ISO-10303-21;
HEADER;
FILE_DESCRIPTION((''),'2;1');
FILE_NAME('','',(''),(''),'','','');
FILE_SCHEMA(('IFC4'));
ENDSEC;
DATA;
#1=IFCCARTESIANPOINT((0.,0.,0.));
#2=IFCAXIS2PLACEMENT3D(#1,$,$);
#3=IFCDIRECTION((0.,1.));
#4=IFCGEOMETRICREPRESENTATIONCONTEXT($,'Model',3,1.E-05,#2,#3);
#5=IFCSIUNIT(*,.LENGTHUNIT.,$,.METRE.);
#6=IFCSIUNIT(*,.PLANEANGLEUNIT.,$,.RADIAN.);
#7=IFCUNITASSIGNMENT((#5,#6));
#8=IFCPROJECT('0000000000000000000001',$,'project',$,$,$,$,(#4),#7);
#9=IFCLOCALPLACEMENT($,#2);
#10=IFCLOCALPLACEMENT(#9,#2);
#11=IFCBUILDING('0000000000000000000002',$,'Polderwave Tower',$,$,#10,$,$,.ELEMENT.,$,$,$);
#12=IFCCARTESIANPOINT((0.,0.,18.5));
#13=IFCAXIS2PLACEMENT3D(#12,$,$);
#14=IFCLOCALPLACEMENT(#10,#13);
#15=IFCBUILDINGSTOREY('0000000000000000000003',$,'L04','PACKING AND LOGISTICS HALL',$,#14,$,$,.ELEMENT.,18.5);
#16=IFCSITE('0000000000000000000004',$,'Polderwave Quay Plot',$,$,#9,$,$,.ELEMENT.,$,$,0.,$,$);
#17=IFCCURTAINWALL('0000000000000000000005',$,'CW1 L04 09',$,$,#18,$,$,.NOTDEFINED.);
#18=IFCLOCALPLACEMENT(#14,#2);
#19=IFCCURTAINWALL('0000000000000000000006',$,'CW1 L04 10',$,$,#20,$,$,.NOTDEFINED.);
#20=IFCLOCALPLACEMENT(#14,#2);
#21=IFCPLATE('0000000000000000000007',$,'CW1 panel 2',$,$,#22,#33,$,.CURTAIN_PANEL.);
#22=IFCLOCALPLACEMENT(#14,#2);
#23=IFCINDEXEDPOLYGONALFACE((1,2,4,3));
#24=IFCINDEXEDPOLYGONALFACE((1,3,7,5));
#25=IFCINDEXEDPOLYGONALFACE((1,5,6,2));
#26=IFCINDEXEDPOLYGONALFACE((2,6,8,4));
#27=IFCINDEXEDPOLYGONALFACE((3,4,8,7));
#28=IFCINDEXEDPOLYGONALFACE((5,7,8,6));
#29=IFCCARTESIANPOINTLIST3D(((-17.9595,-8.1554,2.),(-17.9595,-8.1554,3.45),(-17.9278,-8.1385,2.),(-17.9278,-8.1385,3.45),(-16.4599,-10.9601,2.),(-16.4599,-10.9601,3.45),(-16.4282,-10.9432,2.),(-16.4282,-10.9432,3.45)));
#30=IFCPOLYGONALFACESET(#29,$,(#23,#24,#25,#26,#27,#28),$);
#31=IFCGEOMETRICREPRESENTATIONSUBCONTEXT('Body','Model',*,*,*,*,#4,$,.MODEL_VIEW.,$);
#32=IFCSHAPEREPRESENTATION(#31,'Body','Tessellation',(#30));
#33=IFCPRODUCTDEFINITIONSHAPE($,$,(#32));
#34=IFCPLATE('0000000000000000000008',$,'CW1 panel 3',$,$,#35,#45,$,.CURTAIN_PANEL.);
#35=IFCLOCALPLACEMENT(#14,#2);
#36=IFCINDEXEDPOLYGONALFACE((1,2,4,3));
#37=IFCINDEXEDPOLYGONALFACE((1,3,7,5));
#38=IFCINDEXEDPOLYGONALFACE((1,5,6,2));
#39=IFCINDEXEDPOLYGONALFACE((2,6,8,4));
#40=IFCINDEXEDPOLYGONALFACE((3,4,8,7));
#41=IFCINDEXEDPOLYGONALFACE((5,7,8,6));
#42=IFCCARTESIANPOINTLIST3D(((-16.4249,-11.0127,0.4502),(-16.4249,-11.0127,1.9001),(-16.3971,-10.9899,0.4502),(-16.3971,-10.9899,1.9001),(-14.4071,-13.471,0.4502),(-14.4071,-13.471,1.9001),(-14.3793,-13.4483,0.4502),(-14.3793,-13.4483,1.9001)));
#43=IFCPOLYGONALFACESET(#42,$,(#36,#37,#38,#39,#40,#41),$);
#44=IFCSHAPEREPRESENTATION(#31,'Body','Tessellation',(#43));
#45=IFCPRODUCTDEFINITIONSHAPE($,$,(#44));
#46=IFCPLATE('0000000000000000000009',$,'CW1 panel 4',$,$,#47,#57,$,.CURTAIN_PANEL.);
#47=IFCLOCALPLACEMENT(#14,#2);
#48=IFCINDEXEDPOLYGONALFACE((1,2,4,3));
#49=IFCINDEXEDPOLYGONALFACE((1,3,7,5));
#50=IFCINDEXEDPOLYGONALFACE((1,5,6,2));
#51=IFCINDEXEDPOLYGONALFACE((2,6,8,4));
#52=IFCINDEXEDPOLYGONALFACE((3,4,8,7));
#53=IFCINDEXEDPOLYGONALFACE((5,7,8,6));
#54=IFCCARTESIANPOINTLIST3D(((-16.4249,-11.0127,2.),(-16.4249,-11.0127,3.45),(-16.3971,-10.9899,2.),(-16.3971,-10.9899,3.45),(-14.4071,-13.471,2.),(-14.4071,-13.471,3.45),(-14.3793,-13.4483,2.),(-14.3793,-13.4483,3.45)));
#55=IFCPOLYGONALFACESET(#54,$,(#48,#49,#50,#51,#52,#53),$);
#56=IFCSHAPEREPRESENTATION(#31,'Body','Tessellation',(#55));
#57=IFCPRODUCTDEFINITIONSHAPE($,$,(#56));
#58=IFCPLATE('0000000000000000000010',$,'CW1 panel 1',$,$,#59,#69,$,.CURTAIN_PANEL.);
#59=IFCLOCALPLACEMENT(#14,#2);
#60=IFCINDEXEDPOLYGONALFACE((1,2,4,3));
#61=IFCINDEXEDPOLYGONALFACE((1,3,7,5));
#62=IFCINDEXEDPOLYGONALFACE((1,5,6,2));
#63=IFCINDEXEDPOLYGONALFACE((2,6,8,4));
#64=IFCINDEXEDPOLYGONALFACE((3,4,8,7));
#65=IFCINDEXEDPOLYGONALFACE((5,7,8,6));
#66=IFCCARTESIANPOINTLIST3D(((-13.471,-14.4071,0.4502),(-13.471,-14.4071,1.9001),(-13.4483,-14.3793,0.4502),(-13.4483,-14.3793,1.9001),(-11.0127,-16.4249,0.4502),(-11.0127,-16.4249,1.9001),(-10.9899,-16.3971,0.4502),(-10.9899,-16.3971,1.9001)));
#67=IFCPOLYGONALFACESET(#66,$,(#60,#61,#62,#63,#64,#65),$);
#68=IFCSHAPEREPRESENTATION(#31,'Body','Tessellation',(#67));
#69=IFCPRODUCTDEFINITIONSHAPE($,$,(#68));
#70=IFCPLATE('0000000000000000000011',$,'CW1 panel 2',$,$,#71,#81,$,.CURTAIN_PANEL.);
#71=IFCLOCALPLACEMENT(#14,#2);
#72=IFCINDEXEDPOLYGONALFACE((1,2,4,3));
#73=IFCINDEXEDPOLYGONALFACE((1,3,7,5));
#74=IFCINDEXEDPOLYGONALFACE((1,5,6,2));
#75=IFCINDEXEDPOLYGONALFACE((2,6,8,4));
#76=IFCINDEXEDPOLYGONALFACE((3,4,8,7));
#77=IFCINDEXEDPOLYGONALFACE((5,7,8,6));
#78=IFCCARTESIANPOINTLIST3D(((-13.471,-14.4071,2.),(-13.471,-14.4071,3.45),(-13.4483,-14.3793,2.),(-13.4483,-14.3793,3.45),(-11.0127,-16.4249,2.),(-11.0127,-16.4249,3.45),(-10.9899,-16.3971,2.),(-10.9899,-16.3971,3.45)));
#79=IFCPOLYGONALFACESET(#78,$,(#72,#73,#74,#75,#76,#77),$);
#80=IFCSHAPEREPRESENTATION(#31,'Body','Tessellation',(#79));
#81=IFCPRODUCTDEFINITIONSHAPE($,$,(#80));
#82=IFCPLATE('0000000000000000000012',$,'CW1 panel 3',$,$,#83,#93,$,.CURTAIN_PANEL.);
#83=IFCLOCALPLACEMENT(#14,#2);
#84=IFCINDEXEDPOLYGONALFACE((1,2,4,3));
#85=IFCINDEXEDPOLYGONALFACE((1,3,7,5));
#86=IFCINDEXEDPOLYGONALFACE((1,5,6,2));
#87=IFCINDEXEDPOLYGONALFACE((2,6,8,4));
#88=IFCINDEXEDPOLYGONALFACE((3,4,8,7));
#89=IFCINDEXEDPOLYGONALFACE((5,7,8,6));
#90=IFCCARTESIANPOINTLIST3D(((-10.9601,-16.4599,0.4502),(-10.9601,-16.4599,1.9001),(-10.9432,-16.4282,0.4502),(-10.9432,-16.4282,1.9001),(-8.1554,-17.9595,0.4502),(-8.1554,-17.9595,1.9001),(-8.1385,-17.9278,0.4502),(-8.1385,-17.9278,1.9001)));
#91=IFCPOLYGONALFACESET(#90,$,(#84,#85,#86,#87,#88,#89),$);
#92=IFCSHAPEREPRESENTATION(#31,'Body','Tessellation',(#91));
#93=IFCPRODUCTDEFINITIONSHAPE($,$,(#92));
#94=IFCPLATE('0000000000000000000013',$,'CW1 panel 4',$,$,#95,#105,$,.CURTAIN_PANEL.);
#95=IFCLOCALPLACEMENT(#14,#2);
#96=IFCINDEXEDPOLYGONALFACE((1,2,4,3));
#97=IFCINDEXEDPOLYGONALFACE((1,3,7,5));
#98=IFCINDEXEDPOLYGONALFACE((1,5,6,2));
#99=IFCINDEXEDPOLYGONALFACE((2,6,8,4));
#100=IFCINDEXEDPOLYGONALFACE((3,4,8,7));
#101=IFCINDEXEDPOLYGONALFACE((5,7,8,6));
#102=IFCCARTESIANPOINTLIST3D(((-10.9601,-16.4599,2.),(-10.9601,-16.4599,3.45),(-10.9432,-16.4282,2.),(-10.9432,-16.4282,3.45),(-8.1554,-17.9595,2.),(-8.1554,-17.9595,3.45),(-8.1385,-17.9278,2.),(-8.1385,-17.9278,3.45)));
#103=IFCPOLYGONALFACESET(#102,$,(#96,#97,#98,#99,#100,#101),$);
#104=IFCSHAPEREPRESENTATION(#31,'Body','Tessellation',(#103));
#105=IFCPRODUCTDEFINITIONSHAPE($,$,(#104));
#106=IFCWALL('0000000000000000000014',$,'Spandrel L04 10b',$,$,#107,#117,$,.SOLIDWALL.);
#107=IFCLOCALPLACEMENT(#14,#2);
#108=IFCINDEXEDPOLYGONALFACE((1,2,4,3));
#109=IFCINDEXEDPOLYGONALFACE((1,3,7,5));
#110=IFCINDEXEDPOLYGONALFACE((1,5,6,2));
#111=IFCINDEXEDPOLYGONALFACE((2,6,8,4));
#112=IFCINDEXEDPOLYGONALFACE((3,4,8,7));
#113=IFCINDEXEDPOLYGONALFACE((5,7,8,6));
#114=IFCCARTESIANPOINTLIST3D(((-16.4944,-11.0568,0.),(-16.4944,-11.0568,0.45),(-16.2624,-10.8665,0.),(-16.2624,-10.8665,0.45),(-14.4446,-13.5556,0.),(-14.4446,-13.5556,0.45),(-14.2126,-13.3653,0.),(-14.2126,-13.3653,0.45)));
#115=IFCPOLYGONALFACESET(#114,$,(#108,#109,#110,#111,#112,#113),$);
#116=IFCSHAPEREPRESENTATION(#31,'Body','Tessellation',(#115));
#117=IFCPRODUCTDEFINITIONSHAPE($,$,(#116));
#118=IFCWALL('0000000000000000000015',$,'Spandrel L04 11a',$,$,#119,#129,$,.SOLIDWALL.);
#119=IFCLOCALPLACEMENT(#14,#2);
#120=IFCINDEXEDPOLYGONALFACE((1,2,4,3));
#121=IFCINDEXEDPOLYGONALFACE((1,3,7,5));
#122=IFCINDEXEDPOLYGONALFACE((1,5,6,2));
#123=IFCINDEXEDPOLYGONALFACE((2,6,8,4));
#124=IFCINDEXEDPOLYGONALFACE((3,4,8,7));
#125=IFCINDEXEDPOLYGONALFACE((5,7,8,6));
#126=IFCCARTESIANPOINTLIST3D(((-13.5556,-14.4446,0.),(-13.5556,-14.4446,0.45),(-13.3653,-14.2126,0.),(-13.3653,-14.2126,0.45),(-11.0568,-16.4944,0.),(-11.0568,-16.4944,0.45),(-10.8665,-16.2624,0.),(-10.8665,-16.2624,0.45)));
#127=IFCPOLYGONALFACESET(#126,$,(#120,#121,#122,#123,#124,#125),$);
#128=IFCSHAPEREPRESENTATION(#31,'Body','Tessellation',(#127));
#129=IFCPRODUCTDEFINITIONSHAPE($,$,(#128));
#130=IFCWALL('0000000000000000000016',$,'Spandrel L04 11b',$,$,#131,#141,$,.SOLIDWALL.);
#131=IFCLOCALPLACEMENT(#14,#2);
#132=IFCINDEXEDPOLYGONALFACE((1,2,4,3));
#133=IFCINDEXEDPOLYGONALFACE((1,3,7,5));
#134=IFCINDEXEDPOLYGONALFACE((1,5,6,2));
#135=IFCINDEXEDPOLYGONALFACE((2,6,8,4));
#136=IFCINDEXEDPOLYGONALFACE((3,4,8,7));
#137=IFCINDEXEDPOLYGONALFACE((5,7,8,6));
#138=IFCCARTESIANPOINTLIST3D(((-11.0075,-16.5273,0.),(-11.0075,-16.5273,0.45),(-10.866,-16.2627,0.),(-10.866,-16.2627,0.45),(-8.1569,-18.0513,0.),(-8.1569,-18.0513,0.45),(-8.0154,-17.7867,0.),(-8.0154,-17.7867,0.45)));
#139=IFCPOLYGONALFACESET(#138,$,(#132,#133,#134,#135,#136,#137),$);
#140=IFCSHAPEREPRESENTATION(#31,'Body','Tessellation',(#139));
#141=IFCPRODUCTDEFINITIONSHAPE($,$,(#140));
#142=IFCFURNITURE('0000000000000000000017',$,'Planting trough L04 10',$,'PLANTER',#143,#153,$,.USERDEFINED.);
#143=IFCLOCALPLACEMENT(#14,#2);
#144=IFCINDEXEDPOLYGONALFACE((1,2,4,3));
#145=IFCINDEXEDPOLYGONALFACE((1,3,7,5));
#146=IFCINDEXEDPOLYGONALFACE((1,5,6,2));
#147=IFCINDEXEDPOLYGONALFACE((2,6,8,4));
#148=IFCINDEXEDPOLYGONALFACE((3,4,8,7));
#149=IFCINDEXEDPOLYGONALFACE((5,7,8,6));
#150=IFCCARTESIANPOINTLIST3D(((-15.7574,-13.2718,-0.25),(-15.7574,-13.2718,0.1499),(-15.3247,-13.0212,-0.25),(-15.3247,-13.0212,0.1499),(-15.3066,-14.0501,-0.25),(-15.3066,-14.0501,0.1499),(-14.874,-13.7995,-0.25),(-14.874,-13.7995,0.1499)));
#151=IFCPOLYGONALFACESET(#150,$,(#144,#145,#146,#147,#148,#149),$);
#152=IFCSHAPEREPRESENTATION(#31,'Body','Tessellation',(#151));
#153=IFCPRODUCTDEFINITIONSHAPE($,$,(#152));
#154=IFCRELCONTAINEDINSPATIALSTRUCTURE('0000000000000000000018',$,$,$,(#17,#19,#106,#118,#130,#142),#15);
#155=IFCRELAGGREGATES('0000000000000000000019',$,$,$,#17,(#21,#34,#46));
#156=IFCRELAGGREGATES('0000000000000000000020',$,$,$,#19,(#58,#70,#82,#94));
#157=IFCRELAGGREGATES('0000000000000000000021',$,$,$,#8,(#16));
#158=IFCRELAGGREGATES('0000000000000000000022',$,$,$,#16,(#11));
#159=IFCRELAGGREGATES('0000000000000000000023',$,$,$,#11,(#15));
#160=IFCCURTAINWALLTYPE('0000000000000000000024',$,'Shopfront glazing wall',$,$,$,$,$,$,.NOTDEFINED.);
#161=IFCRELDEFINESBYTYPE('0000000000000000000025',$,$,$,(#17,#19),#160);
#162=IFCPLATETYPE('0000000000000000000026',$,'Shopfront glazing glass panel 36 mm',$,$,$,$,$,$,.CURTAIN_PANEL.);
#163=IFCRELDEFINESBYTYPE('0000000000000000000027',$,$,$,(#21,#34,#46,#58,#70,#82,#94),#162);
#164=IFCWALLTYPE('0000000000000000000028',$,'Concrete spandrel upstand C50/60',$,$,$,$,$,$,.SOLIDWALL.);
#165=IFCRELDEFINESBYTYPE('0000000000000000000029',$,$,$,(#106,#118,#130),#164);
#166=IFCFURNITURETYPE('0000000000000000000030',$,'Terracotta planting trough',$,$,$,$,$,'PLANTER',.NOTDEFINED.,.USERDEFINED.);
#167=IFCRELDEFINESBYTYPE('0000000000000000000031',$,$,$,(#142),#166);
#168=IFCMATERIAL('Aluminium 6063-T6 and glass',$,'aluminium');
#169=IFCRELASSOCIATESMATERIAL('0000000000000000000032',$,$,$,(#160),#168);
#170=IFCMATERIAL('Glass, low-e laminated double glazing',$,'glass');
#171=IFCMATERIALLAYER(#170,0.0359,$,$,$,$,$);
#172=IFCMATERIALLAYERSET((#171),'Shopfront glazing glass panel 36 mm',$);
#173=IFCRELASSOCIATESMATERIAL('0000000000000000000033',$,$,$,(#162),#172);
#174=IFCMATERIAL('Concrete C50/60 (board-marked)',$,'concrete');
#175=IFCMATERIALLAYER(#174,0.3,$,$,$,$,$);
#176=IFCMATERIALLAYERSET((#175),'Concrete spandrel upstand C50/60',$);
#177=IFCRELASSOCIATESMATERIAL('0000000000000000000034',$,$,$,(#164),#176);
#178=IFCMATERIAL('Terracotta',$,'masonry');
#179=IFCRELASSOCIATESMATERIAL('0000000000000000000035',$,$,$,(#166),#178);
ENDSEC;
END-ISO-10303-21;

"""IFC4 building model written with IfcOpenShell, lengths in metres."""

from ifc_helpers import new_model, si_unit, direction, frame, frame_2d, origin, origin_2d, place, context, subcontext, project, spatial, rectangle, extrude, material, layer, layer_set, type_object, element, aggregate, save


model = new_model("IFC4")

# Units and contexts
model_context = context("Model", 3, precision=1e-05, world=origin(), true_north=direction((0.0, 1.0)))
body_context = subcontext(model_context, "Body", "Model", "MODEL_VIEW")
ifc_project = project(units=[si_unit("LENGTHUNIT", "METRE"), si_unit("PLANEANGLEUNIT", "RADIAN")], contexts=[model_context])

# Site, building, storey
site_placement = place(None, origin())
site = spatial("IfcSite", under=ifc_project, at=site_placement, Name="Polderwave Quay Plot", CompositionType="ELEMENT", RefElevation=0.0)
building_placement = place(site_placement, origin())
building = spatial("IfcBuilding", under=site, at=building_placement, Name="Polderwave Tower", CompositionType="ELEMENT")
storey_placement = place(building_placement, frame((0.0, 0.0, 18.5)))
storey = spatial("IfcBuildingStorey", under=building, at=storey_placement, Name="L04", Description="PACKING AND LOGISTICS HALL", CompositionType="ELEMENT", Elevation=18.5)

# Curtain walls
ifc_material_1 = material(Name="Aluminium 6063-T6 and glass", Category="aluminium")
curtain_wall_type = type_object("IfcCurtainWallType", Name="Shopfront glazing wall", PredefinedType="NOTDEFINED", material=ifc_material_1)
curtain_wall_1_placement = place(storey_placement, origin())
curtain_wall_1 = element("IfcCurtainWall", 1, at=curtain_wall_1_placement, inside=storey, type_object=curtain_wall_type, Name="CW1 L04 09", PredefinedType="NOTDEFINED")
curtain_wall_2_placement = place(storey_placement, origin())
curtain_wall_2 = element("IfcCurtainWall", 2, at=curtain_wall_2_placement, inside=storey, type_object=curtain_wall_type, Name="CW1 L04 10", PredefinedType="NOTDEFINED")

# Plates
ifc_material_2 = material(Name="Glass, low-e laminated double glazing", Category="glass")
ifc_layer_1 = layer(ifc_material_2, 0.0359)
ifc_layer_set_1 = layer_set([ifc_layer_1], Name="Shopfront glazing glass panel 36 mm")
plate_type = type_object("IfcPlateType", Name="Shopfront glazing glass panel 36 mm", PredefinedType="CURTAIN_PANEL", material=ifc_layer_set_1)
plate_1_placement = place(storey_placement, frame((-17.1938, -9.5493, 2.0), z_axis=(0.0, 0.0, 1.0), x_axis=(0.471509, -0.881861, 0.0)))
plate_1 = element("IfcPlate", 3, at=plate_1_placement, type_object=plate_type, Name="CW1 panel 2", PredefinedType="CURTAIN_PANEL", context=body_context, shape_type="SweptSolid", body=[
    extrude(rectangle(XDim=3.1804, YDim=0.0359, at=origin_2d()), origin(), (0.0, 0.0, 1.0), 1.45),
])
plate_2_placement = place(storey_placement, frame((-15.4021, -12.2305, 0.4502), z_axis=(0.0, 0.0, 1.0), x_axis=(0.634453, -0.772962, 0.0)))
plate_2 = element("IfcPlate", 4, at=plate_2_placement, type_object=plate_type, Name="CW1 panel 3", PredefinedType="CURTAIN_PANEL", context=body_context, shape_type="SweptSolid", body=[
    extrude(rectangle(XDim=3.1804, YDim=0.0359, at=origin_2d()), origin(), (0.0, 0.0, 1.0), 1.45),
])
plate_3_placement = place(storey_placement, frame((-15.4021, -12.2305, 2.0), z_axis=(0.0, 0.0, 1.0), x_axis=(0.634453, -0.772962, 0.0)))
plate_3 = element("IfcPlate", 5, at=plate_3_placement, type_object=plate_type, Name="CW1 panel 4", PredefinedType="CURTAIN_PANEL", context=body_context, shape_type="SweptSolid", body=[
    extrude(rectangle(XDim=3.1804, YDim=0.0359, at=origin_2d()), origin(), (0.0, 0.0, 1.0), 1.45),
])
aggregate(curtain_wall_1, [plate_1, plate_2, plate_3])
plate_4_placement = place(storey_placement, frame((-12.2305, -15.4021, 0.4502), z_axis=(0.0, 0.0, 1.0), x_axis=(0.772962, -0.634453, 0.0)))
plate_4 = element("IfcPlate", 6, at=plate_4_placement, type_object=plate_type, Name="CW1 panel 1", PredefinedType="CURTAIN_PANEL", context=body_context, shape_type="SweptSolid", body=[
    extrude(rectangle(XDim=3.1804, YDim=0.0359, at=origin_2d()), origin(), (0.0, 0.0, 1.0), 1.45),
])
plate_5_placement = place(storey_placement, frame((-12.2305, -15.4021, 2.0), z_axis=(0.0, 0.0, 1.0), x_axis=(0.772962, -0.634453, 0.0)))
plate_5 = element("IfcPlate", 7, at=plate_5_placement, type_object=plate_type, Name="CW1 panel 2", PredefinedType="CURTAIN_PANEL", context=body_context, shape_type="SweptSolid", body=[
    extrude(rectangle(XDim=3.1804, YDim=0.0359, at=origin_2d()), origin(), (0.0, 0.0, 1.0), 1.45),
])
plate_6_placement = place(storey_placement, frame((-9.5493, -17.1938, 0.4502), z_axis=(0.0, 0.0, 1.0), x_axis=(0.881861, -0.471509, 0.0)))
plate_6 = element("IfcPlate", 8, at=plate_6_placement, type_object=plate_type, Name="CW1 panel 3", PredefinedType="CURTAIN_PANEL", context=body_context, shape_type="SweptSolid", body=[
    extrude(rectangle(XDim=3.1804, YDim=0.0359, at=origin_2d()), origin(), (0.0, 0.0, 1.0), 1.45),
])
plate_7_placement = place(storey_placement, frame((-9.5493, -17.1938, 2.0), z_axis=(0.0, 0.0, 1.0), x_axis=(0.881861, -0.471509, 0.0)))
plate_7 = element("IfcPlate", 9, at=plate_7_placement, type_object=plate_type, Name="CW1 panel 4", PredefinedType="CURTAIN_PANEL", context=body_context, shape_type="SweptSolid", body=[
    extrude(rectangle(XDim=3.1804, YDim=0.0359, at=origin_2d()), origin(), (0.0, 0.0, 1.0), 1.45),
])
aggregate(curtain_wall_2, [plate_4, plate_5, plate_6, plate_7])

# Walls
ifc_material_3 = material(Name="Concrete C50/60 (board-marked)", Category="concrete")
ifc_layer_2 = layer(ifc_material_3, 0.3)
ifc_layer_set_2 = layer_set([ifc_layer_2], Name="Concrete spandrel upstand C50/60")
wall_type = type_object("IfcWallType", Name="Concrete spandrel upstand C50/60", PredefinedType="SOLIDWALL", material=ifc_layer_set_2)
for number, where, z_axis, x_axis, name in (
    (10, (-16.3784, -10.9617, 0.0), (0.0, 0.0, 1.0), (0.634229, -0.773146, 0.0), "Spandrel L04 10b"),
    (11, (-13.4604, -14.3286, 0.0), (0.0, 0.0, 1.0), (0.773146, -0.634229, 0.0), "Spandrel L04 11a"),
):
    element("IfcWall", number, at=place(storey_placement, frame(where, z_axis=z_axis, x_axis=x_axis)), inside=storey, type_object=wall_type, Name=name, PredefinedType="SOLIDWALL", context=body_context, shape_type="SweptSolid", body=[
        extrude(rectangle(XDim=3.2319, YDim=0.3, at=frame_2d((1.616, 0.0))), origin(), (0.0, 0.0, 1.0), 0.45),
    ])
wall_placement = place(storey_placement, frame((-10.9368, -16.395, 0.0), z_axis=(0.0, 0.0, 1.0), x_axis=(0.881888, -0.471458, 0.0)))
element("IfcWall", 12, at=wall_placement, inside=storey, type_object=wall_type, Name="Spandrel L04 11b", PredefinedType="SOLIDWALL", context=body_context, shape_type="SweptSolid", body=[
    extrude(rectangle(XDim=3.2324, YDim=0.3, at=frame_2d((1.6162, 0.0))), origin(), (0.0, 0.0, 1.0), 0.45),
])

# Furniture
ifc_material_4 = material(Name="Terracotta", Category="masonry")
furniture_type = type_object("IfcFurnitureType", Name="Terracotta planting trough", ElementType="PLANTER", AssemblyPlace="NOTDEFINED", PredefinedType="USERDEFINED", material=ifc_material_4)
furniture_placement = place(storey_placement, frame((-15.3157, -13.5356, -0.25), z_axis=(0.0, 0.0, 1.0), x_axis=(0.501145, -0.865363, 0.0)))
element("IfcFurniture", 13, at=furniture_placement, inside=storey, type_object=furniture_type, Name="Planting trough L04 10", ObjectType="PLANTER", PredefinedType="USERDEFINED", context=body_context, shape_type="SweptSolid", body=[
    extrude(rectangle(XDim=0.8994, YDim=0.5, at=origin_2d()), origin(), (0.0, 0.0, 1.0), 0.3999),
])

save(model, "model.ifc")
